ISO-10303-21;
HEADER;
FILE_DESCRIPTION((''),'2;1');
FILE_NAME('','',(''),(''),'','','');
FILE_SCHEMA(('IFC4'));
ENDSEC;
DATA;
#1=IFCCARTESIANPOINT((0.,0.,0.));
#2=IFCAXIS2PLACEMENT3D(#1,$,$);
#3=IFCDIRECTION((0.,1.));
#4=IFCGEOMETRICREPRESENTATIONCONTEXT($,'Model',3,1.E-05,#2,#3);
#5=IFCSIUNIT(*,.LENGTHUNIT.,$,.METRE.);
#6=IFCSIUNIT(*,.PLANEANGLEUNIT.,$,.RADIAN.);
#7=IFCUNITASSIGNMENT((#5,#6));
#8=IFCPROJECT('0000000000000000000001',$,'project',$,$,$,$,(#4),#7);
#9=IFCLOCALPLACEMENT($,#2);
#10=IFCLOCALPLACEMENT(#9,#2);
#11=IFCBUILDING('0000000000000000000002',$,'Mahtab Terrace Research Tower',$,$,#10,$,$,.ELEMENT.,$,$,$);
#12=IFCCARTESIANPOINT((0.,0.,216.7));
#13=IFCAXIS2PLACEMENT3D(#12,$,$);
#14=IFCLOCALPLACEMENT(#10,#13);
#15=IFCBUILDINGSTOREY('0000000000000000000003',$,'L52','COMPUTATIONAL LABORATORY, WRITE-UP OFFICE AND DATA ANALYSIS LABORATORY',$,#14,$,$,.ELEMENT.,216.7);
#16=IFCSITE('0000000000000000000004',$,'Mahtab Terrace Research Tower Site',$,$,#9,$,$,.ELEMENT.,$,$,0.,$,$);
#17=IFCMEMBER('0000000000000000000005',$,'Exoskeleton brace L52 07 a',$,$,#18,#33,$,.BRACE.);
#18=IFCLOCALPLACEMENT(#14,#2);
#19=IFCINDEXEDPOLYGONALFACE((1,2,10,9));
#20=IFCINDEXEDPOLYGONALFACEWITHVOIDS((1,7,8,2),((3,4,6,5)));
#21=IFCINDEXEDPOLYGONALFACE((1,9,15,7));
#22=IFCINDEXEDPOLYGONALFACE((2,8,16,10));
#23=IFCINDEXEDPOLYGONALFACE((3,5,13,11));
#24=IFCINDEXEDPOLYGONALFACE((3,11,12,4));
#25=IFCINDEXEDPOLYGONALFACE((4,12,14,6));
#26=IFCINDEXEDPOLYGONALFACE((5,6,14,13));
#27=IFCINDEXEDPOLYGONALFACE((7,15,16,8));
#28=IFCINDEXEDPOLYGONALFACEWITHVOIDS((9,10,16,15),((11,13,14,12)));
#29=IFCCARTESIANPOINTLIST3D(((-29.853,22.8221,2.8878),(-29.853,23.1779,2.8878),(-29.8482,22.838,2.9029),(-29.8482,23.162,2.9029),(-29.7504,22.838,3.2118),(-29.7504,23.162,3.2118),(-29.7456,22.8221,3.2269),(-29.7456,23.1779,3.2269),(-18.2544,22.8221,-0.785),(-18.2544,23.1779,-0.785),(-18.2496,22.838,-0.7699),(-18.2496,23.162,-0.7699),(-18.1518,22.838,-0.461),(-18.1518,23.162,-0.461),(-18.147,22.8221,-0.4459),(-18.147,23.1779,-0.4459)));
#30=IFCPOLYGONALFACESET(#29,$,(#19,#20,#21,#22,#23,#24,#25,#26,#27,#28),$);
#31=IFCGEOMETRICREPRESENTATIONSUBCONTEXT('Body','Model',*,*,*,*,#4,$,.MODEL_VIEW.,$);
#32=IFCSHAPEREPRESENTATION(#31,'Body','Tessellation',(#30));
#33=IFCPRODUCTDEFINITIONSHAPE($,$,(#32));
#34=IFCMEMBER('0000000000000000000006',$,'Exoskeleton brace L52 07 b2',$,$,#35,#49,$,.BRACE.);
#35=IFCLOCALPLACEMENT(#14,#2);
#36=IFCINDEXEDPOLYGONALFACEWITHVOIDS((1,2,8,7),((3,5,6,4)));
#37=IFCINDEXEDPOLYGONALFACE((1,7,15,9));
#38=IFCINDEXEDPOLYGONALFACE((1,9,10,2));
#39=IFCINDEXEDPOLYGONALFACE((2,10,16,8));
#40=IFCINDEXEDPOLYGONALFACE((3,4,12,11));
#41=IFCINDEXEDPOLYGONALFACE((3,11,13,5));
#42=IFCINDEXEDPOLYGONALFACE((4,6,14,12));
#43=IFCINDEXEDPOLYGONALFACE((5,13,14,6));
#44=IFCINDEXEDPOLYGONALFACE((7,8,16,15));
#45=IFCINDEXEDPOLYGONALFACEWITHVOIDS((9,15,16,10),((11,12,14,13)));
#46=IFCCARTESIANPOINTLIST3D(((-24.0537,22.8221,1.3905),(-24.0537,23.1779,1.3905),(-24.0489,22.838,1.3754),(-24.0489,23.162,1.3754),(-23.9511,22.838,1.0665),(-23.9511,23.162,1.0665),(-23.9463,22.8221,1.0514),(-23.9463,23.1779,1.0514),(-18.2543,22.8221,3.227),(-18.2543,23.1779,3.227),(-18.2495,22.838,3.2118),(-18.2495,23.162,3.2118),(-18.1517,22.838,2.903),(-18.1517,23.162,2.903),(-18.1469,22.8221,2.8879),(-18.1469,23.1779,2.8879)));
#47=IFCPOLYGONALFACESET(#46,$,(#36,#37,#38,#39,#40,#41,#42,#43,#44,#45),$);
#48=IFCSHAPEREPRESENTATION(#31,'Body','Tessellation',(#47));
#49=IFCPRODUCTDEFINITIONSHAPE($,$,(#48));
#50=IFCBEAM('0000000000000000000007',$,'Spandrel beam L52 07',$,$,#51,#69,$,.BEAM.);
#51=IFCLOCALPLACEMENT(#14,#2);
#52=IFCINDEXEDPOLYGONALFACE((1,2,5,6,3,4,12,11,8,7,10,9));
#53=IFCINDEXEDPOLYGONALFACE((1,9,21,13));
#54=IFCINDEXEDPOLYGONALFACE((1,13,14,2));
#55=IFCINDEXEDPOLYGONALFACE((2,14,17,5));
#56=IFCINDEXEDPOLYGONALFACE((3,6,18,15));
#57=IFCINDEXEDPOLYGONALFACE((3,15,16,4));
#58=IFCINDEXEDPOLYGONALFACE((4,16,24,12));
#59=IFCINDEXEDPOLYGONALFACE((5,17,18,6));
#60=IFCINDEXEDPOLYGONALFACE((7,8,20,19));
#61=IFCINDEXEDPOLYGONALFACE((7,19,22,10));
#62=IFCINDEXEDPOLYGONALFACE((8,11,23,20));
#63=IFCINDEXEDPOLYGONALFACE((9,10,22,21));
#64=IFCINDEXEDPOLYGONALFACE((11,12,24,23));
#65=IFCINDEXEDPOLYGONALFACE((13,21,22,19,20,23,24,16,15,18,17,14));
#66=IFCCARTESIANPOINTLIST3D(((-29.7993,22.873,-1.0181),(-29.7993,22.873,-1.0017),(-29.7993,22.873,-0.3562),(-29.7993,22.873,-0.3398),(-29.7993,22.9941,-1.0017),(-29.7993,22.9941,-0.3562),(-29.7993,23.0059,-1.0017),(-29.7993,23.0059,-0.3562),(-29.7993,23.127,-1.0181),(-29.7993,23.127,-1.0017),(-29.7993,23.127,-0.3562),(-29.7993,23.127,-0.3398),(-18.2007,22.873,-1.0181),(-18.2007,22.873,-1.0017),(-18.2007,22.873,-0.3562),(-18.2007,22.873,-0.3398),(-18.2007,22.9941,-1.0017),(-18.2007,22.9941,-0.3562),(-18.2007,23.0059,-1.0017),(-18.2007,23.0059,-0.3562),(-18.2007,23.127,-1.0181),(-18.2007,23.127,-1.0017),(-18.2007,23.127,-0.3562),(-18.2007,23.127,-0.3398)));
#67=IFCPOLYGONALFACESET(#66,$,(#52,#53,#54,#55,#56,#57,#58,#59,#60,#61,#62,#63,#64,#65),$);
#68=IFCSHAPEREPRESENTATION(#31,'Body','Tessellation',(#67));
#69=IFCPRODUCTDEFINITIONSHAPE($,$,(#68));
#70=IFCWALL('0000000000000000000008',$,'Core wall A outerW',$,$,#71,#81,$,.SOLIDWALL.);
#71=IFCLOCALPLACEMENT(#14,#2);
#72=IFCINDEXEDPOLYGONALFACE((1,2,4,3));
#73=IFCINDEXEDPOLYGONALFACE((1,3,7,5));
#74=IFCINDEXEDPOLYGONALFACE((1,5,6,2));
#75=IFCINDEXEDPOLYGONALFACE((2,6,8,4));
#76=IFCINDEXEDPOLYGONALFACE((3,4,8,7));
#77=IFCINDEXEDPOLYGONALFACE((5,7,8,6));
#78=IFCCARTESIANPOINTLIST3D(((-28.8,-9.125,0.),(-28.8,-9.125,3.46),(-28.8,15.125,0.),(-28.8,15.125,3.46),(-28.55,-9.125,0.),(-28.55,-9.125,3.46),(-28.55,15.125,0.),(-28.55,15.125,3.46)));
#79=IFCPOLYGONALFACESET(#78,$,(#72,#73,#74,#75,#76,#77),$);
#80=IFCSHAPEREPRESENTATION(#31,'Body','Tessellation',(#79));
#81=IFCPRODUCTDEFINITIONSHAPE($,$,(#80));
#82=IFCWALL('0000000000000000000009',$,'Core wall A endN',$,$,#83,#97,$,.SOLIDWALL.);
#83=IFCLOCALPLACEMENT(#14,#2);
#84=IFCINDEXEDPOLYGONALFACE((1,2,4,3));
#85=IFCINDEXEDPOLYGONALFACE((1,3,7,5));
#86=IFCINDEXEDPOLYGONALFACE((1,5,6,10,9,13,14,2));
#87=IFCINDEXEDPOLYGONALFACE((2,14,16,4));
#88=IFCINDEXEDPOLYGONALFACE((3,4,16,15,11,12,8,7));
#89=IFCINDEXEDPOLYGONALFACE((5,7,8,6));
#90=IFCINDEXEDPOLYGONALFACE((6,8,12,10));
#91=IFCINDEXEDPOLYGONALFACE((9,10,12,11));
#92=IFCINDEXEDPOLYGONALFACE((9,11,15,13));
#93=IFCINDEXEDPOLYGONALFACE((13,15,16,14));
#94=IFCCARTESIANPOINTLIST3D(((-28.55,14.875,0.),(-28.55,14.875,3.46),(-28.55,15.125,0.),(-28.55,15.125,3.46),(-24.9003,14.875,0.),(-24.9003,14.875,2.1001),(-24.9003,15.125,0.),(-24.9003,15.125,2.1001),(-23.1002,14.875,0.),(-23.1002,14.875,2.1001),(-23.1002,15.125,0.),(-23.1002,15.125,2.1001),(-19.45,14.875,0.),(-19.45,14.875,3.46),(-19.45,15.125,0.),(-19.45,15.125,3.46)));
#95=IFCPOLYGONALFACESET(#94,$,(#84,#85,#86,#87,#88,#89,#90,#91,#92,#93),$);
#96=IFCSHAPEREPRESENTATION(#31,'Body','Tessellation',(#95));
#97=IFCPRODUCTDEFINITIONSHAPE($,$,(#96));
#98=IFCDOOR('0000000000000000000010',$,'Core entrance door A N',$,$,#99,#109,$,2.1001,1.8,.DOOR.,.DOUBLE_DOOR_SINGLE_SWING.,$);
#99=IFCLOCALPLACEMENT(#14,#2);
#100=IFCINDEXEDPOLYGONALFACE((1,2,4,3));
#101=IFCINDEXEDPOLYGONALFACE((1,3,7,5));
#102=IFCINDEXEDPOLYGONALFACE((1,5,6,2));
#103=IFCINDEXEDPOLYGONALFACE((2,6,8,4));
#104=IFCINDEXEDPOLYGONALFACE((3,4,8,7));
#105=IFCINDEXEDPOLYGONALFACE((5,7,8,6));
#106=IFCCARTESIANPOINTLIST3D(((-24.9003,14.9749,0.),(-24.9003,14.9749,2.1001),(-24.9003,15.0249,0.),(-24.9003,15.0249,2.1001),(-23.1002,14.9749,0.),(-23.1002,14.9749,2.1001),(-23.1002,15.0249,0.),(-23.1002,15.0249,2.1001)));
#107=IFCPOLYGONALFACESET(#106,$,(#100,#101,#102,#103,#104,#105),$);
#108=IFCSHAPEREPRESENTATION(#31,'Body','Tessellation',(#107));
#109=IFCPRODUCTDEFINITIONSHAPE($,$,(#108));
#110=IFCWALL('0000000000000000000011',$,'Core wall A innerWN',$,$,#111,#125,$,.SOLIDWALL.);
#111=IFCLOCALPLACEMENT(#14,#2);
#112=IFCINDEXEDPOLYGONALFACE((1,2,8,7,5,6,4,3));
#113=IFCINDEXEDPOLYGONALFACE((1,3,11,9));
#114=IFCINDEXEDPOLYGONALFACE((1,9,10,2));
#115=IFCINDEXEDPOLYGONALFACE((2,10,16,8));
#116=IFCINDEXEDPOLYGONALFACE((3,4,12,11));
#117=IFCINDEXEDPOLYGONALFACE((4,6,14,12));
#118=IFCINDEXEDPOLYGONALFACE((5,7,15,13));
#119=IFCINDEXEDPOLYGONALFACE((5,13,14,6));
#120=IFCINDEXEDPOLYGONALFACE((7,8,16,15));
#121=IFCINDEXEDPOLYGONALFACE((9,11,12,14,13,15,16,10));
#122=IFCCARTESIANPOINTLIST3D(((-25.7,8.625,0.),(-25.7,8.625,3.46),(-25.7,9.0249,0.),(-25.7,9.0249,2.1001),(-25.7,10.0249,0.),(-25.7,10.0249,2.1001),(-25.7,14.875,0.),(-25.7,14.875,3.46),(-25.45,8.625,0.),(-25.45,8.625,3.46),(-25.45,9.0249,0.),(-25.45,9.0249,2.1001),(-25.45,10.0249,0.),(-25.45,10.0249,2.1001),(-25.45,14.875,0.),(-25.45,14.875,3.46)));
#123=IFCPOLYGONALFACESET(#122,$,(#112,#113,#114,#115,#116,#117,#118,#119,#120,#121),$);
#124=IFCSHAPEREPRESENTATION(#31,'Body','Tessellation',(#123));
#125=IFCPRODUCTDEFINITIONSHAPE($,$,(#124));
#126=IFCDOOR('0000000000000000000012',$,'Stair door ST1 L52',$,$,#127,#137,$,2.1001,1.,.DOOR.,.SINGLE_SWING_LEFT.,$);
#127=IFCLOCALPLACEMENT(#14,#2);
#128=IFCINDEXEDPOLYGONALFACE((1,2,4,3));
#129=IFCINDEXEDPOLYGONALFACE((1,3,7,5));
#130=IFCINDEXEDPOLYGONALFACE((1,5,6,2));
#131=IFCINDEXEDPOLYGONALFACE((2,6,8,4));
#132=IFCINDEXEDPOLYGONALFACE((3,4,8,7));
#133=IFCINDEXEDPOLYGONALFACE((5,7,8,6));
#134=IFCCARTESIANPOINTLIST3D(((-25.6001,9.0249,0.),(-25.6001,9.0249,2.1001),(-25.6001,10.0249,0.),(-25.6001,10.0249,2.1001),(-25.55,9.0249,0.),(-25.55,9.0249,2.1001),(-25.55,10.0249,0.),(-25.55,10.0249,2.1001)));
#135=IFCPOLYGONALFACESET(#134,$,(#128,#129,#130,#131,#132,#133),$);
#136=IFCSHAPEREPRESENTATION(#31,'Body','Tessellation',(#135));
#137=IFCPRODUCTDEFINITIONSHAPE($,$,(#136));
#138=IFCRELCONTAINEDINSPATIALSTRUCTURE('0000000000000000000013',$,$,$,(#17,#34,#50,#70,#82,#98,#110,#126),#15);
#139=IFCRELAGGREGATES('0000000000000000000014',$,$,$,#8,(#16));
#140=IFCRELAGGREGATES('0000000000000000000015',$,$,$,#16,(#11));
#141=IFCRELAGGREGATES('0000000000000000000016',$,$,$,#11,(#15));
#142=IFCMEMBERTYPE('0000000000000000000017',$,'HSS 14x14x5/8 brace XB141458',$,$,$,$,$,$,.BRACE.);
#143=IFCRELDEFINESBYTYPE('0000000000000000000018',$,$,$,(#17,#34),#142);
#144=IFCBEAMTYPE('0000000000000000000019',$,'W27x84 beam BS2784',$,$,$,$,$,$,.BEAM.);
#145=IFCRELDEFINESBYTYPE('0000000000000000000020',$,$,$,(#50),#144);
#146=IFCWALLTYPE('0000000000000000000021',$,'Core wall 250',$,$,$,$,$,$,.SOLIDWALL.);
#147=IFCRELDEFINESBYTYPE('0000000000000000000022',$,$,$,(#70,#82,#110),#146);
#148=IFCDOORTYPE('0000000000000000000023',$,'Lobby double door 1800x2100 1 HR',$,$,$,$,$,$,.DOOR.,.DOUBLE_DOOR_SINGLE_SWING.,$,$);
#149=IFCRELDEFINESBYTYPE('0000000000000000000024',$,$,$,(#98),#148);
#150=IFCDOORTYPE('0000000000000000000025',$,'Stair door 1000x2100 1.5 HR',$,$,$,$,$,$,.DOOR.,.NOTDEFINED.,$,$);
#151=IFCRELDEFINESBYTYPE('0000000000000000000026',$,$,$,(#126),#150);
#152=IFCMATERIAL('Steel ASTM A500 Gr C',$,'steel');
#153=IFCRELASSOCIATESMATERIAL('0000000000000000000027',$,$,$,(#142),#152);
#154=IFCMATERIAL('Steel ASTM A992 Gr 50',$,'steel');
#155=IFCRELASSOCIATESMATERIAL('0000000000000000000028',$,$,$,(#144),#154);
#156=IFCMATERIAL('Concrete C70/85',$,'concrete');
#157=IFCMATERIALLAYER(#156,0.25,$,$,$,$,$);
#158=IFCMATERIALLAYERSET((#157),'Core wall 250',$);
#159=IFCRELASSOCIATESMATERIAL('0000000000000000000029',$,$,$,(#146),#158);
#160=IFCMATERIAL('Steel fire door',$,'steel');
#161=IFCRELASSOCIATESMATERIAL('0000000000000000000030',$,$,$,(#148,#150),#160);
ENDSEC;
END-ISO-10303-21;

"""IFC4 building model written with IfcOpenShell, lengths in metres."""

from ifc_helpers import new_model, si_unit, direction, frame, frame_2d, origin, origin_2d, place, context, subcontext, project, spatial, rectangle, hollow_rectangle, i_section, extrude, material, layer, layer_set, material_profile, profile_set, type_object, element, fill, save


model = new_model("IFC4")

# Units and contexts
model_context = context("Model", 3, precision=1e-05, world=origin(), true_north=direction((0.0, 1.0)))
body_context = subcontext(model_context, "Body", "Model", "MODEL_VIEW")
ifc_project = project(units=[si_unit("LENGTHUNIT", "METRE"), si_unit("PLANEANGLEUNIT", "RADIAN")], contexts=[model_context])

# Site, building, storey
site_placement = place(None, origin())
site = spatial("IfcSite", under=ifc_project, at=site_placement, Name="Mahtab Terrace Research Tower Site", CompositionType="ELEMENT", RefElevation=0.0)
building_placement = place(site_placement, origin())
building = spatial("IfcBuilding", under=site, at=building_placement, Name="Mahtab Terrace Research Tower", CompositionType="ELEMENT")
storey_placement = place(building_placement, frame((0.0, 0.0, 216.7)))
storey = spatial("IfcBuildingStorey", under=building, at=storey_placement, Name="L52", Description="COMPUTATIONAL LABORATORY, WRITE-UP OFFICE AND DATA ANALYSIS LABORATORY", CompositionType="ELEMENT", Elevation=216.7)

# Members
ifc_material_1 = material(Name="Steel ASTM A500 Gr C", Category="steel")
ifc_material_profile_1 = material_profile(ifc_material_1, hollow_rectangle(XDim=0.3557, YDim=0.3557, WallThickness=0.0159, at=origin_2d()), Name="HSS14X14X5/8")
ifc_profile_set_1 = profile_set([ifc_material_profile_1], Name="Steel ASTM A500 Gr C")
member_type = type_object("IfcMemberType", Name="HSS 14x14x5/8 brace XB141458", PredefinedType="BRACE", material=ifc_profile_set_1)
member_1_placement = place(storey_placement, frame((-18.2007, 23.0, -0.6155), z_axis=(-0.953343, 0.0, 0.301888), x_axis=(0.0, -1.0, 0.0)))
element("IfcMember", 1, at=member_1_placement, inside=storey, type_object=member_type, Name="Exoskeleton brace L52 07 a", PredefinedType="BRACE", context=body_context, shape_type="SweptSolid", body=[
    extrude(hollow_rectangle(XDim=0.3557, YDim=0.3557, WallThickness=0.0159, at=origin_2d()), origin(), (0.0, 0.0, 1.0), 12.1663),
])
member_2_placement = place(storey_placement, frame((-24.0, 23.0, 1.2209), z_axis=(0.953343, 0.0, 0.301888), x_axis=(0.0, 1.0, 0.0)))
element("IfcMember", 2, at=member_2_placement, inside=storey, type_object=member_type, Name="Exoskeleton brace L52 07 b2", PredefinedType="BRACE", context=body_context, shape_type="SweptSolid", body=[
    extrude(hollow_rectangle(XDim=0.3557, YDim=0.3557, WallThickness=0.0159, at=origin_2d()), origin(), (0.0, 0.0, 1.0), 6.0833),
])

# Beam
ifc_material_2 = material(Name="Steel ASTM A992 Gr 50", Category="steel")
ifc_material_profile_2 = material_profile(ifc_material_2, i_section(OverallWidth=0.2539, OverallDepth=0.6782, WebThickness=0.0117, FlangeThickness=0.0164, at=origin_2d()), Name="W27X84")
ifc_profile_set_2 = profile_set([ifc_material_profile_2], Name="Steel ASTM A992 Gr 50")
beam_type = type_object("IfcBeamType", Name="W27x84 beam BS2784", PredefinedType="BEAM", material=ifc_profile_set_2)
beam_placement = place(storey_placement, frame((-18.2007, 23.0, -0.679), z_axis=(-1.0, 0.0, 0.0), x_axis=(0.0, -1.0, 0.0)))
element("IfcBeam", 3, at=beam_placement, inside=storey, type_object=beam_type, Name="Spandrel beam L52 07", PredefinedType="BEAM", context=body_context, shape_type="SweptSolid", body=[
    extrude(i_section(OverallWidth=0.2539, OverallDepth=0.6782, WebThickness=0.0117, FlangeThickness=0.0164, at=origin_2d()), origin(), (0.0, 0.0, 1.0), 11.5986),
])

# Wall
ifc_material_3 = material(Name="Concrete C70/85", Category="concrete")
ifc_layer_1 = layer(ifc_material_3, 0.25)
ifc_layer_set_1 = layer_set([ifc_layer_1], Name="Core wall 250")
wall_type_1 = type_object("IfcWallType", Name="Core wall 250", PredefinedType="SOLIDWALL", material=ifc_layer_set_1)
wall_1_placement = place(storey_placement, frame((-28.675, 15.125, 0.0), z_axis=(0.0, 0.0, 1.0), x_axis=(0.0, -1.0, 0.0)))
element("IfcWall", 4, at=wall_1_placement, inside=storey, type_object=wall_type_1, Name="Core wall A outerW", PredefinedType="SOLIDWALL", context=body_context, shape_type="SweptSolid", body=[
    extrude(rectangle(XDim=24.25, YDim=0.25, at=frame_2d((12.125, 0.0))), origin(), (0.0, 0.0, 1.0), 3.46),
])

# Walls, openings, doors
wall_2_placement = place(storey_placement, frame((-28.55, 15.0, 0.0), z_axis=(0.0, 0.0, 1.0), x_axis=(1.0, 0.0, 0.0)))
wall_2 = element("IfcWall", 5, at=wall_2_placement, inside=storey, type_object=wall_type_1, Name="Core wall A endN", PredefinedType="SOLIDWALL", context=body_context, shape_type="SweptSolid", body=[
    extrude(rectangle(XDim=9.1001, YDim=0.25, at=frame_2d((4.55, 0.0))), origin(), (0.0, 0.0, 1.0), 3.46),
])
opening_1_placement = place(wall_2_placement, frame((3.6499, 0.0, 0.0)))
opening_1 = element("IfcOpeningElement", 6, at=opening_1_placement, cuts=wall_2, PredefinedType="OPENING", context=body_context, shape_type="SweptSolid", body=[
    extrude(rectangle(XDim=1.8, YDim=2.1001, at=frame_2d((0.8999, 1.05))), frame((0.0, 0.135, 0.0), z_axis=(0.0, -1.0, 0.0), x_axis=(1.0, 0.0, 0.0)), (0.0, 0.0, 1.0), 0.27),
])
ifc_material_4 = material(Name="Steel fire door", Category="steel")
door_type_1 = type_object("IfcDoorType", Name="Lobby double door 1800x2100 1 HR", OperationType="DOUBLE_DOOR_SINGLE_SWING", PredefinedType="DOOR", material=ifc_material_4)
door_1_placement = place(opening_1_placement, origin())
door_1 = element("IfcDoor", 7, at=door_1_placement, inside=storey, type_object=door_type_1, Name="Core entrance door A N", OperationType="DOUBLE_DOOR_SINGLE_SWING", OverallHeight=2.1001, OverallWidth=1.8, PredefinedType="DOOR", context=body_context, shape_type="SweptSolid", body=[
    extrude(rectangle(XDim=1.8, YDim=2.1001, at=frame_2d((0.8999, 1.05))), frame((0.0, 0.0249, 0.0), z_axis=(0.0, -1.0, 0.0), x_axis=(1.0, 0.0, 0.0)), (0.0, 0.0, 1.0), 0.05),
])
fill(opening_1, door_1)
wall_3_placement = place(storey_placement, frame((-25.575, 14.875, 0.0), z_axis=(0.0, 0.0, 1.0), x_axis=(0.0, -1.0, 0.0)))
wall_3 = element("IfcWall", 8, at=wall_3_placement, inside=storey, type_object=wall_type_1, Name="Core wall A innerWN", PredefinedType="SOLIDWALL", context=body_context, shape_type="SweptSolid", body=[
    extrude(rectangle(XDim=6.25, YDim=0.25, at=frame_2d((3.125, 0.0))), origin(), (0.0, 0.0, 1.0), 3.46),
])
opening_2_placement = place(wall_3_placement, frame((4.8501, 0.0, 0.0)))
opening_2 = element("IfcOpeningElement", 9, at=opening_2_placement, cuts=wall_3, PredefinedType="OPENING", context=body_context, shape_type="SweptSolid", body=[
    extrude(rectangle(XDim=1.0, YDim=2.1001, at=frame_2d((0.5, 1.05))), frame((0.0, 0.135, 0.0), z_axis=(0.0, -1.0, 0.0), x_axis=(1.0, 0.0, 0.0)), (0.0, 0.0, 1.0), 0.27),
])
door_type_2 = type_object("IfcDoorType", Name="Stair door 1000x2100 1.5 HR", OperationType="NOTDEFINED", PredefinedType="DOOR", material=ifc_material_4)
door_2_placement = place(opening_2_placement, origin())
door_2 = element("IfcDoor", 10, at=door_2_placement, inside=storey, type_object=door_type_2, Name="Stair door ST1 L52", OperationType="SINGLE_SWING_LEFT", OverallHeight=2.1001, OverallWidth=1.0, PredefinedType="DOOR", context=body_context, shape_type="SweptSolid", body=[
    extrude(rectangle(XDim=1.0, YDim=2.1001, at=frame_2d((0.5, 1.05))), frame((0.0, 0.0249, 0.0), z_axis=(0.0, -1.0, 0.0), x_axis=(1.0, 0.0, 0.0)), (0.0, 0.0, 1.0), 0.05),
])
fill(opening_2, door_2)

save(model, "model.ifc")
